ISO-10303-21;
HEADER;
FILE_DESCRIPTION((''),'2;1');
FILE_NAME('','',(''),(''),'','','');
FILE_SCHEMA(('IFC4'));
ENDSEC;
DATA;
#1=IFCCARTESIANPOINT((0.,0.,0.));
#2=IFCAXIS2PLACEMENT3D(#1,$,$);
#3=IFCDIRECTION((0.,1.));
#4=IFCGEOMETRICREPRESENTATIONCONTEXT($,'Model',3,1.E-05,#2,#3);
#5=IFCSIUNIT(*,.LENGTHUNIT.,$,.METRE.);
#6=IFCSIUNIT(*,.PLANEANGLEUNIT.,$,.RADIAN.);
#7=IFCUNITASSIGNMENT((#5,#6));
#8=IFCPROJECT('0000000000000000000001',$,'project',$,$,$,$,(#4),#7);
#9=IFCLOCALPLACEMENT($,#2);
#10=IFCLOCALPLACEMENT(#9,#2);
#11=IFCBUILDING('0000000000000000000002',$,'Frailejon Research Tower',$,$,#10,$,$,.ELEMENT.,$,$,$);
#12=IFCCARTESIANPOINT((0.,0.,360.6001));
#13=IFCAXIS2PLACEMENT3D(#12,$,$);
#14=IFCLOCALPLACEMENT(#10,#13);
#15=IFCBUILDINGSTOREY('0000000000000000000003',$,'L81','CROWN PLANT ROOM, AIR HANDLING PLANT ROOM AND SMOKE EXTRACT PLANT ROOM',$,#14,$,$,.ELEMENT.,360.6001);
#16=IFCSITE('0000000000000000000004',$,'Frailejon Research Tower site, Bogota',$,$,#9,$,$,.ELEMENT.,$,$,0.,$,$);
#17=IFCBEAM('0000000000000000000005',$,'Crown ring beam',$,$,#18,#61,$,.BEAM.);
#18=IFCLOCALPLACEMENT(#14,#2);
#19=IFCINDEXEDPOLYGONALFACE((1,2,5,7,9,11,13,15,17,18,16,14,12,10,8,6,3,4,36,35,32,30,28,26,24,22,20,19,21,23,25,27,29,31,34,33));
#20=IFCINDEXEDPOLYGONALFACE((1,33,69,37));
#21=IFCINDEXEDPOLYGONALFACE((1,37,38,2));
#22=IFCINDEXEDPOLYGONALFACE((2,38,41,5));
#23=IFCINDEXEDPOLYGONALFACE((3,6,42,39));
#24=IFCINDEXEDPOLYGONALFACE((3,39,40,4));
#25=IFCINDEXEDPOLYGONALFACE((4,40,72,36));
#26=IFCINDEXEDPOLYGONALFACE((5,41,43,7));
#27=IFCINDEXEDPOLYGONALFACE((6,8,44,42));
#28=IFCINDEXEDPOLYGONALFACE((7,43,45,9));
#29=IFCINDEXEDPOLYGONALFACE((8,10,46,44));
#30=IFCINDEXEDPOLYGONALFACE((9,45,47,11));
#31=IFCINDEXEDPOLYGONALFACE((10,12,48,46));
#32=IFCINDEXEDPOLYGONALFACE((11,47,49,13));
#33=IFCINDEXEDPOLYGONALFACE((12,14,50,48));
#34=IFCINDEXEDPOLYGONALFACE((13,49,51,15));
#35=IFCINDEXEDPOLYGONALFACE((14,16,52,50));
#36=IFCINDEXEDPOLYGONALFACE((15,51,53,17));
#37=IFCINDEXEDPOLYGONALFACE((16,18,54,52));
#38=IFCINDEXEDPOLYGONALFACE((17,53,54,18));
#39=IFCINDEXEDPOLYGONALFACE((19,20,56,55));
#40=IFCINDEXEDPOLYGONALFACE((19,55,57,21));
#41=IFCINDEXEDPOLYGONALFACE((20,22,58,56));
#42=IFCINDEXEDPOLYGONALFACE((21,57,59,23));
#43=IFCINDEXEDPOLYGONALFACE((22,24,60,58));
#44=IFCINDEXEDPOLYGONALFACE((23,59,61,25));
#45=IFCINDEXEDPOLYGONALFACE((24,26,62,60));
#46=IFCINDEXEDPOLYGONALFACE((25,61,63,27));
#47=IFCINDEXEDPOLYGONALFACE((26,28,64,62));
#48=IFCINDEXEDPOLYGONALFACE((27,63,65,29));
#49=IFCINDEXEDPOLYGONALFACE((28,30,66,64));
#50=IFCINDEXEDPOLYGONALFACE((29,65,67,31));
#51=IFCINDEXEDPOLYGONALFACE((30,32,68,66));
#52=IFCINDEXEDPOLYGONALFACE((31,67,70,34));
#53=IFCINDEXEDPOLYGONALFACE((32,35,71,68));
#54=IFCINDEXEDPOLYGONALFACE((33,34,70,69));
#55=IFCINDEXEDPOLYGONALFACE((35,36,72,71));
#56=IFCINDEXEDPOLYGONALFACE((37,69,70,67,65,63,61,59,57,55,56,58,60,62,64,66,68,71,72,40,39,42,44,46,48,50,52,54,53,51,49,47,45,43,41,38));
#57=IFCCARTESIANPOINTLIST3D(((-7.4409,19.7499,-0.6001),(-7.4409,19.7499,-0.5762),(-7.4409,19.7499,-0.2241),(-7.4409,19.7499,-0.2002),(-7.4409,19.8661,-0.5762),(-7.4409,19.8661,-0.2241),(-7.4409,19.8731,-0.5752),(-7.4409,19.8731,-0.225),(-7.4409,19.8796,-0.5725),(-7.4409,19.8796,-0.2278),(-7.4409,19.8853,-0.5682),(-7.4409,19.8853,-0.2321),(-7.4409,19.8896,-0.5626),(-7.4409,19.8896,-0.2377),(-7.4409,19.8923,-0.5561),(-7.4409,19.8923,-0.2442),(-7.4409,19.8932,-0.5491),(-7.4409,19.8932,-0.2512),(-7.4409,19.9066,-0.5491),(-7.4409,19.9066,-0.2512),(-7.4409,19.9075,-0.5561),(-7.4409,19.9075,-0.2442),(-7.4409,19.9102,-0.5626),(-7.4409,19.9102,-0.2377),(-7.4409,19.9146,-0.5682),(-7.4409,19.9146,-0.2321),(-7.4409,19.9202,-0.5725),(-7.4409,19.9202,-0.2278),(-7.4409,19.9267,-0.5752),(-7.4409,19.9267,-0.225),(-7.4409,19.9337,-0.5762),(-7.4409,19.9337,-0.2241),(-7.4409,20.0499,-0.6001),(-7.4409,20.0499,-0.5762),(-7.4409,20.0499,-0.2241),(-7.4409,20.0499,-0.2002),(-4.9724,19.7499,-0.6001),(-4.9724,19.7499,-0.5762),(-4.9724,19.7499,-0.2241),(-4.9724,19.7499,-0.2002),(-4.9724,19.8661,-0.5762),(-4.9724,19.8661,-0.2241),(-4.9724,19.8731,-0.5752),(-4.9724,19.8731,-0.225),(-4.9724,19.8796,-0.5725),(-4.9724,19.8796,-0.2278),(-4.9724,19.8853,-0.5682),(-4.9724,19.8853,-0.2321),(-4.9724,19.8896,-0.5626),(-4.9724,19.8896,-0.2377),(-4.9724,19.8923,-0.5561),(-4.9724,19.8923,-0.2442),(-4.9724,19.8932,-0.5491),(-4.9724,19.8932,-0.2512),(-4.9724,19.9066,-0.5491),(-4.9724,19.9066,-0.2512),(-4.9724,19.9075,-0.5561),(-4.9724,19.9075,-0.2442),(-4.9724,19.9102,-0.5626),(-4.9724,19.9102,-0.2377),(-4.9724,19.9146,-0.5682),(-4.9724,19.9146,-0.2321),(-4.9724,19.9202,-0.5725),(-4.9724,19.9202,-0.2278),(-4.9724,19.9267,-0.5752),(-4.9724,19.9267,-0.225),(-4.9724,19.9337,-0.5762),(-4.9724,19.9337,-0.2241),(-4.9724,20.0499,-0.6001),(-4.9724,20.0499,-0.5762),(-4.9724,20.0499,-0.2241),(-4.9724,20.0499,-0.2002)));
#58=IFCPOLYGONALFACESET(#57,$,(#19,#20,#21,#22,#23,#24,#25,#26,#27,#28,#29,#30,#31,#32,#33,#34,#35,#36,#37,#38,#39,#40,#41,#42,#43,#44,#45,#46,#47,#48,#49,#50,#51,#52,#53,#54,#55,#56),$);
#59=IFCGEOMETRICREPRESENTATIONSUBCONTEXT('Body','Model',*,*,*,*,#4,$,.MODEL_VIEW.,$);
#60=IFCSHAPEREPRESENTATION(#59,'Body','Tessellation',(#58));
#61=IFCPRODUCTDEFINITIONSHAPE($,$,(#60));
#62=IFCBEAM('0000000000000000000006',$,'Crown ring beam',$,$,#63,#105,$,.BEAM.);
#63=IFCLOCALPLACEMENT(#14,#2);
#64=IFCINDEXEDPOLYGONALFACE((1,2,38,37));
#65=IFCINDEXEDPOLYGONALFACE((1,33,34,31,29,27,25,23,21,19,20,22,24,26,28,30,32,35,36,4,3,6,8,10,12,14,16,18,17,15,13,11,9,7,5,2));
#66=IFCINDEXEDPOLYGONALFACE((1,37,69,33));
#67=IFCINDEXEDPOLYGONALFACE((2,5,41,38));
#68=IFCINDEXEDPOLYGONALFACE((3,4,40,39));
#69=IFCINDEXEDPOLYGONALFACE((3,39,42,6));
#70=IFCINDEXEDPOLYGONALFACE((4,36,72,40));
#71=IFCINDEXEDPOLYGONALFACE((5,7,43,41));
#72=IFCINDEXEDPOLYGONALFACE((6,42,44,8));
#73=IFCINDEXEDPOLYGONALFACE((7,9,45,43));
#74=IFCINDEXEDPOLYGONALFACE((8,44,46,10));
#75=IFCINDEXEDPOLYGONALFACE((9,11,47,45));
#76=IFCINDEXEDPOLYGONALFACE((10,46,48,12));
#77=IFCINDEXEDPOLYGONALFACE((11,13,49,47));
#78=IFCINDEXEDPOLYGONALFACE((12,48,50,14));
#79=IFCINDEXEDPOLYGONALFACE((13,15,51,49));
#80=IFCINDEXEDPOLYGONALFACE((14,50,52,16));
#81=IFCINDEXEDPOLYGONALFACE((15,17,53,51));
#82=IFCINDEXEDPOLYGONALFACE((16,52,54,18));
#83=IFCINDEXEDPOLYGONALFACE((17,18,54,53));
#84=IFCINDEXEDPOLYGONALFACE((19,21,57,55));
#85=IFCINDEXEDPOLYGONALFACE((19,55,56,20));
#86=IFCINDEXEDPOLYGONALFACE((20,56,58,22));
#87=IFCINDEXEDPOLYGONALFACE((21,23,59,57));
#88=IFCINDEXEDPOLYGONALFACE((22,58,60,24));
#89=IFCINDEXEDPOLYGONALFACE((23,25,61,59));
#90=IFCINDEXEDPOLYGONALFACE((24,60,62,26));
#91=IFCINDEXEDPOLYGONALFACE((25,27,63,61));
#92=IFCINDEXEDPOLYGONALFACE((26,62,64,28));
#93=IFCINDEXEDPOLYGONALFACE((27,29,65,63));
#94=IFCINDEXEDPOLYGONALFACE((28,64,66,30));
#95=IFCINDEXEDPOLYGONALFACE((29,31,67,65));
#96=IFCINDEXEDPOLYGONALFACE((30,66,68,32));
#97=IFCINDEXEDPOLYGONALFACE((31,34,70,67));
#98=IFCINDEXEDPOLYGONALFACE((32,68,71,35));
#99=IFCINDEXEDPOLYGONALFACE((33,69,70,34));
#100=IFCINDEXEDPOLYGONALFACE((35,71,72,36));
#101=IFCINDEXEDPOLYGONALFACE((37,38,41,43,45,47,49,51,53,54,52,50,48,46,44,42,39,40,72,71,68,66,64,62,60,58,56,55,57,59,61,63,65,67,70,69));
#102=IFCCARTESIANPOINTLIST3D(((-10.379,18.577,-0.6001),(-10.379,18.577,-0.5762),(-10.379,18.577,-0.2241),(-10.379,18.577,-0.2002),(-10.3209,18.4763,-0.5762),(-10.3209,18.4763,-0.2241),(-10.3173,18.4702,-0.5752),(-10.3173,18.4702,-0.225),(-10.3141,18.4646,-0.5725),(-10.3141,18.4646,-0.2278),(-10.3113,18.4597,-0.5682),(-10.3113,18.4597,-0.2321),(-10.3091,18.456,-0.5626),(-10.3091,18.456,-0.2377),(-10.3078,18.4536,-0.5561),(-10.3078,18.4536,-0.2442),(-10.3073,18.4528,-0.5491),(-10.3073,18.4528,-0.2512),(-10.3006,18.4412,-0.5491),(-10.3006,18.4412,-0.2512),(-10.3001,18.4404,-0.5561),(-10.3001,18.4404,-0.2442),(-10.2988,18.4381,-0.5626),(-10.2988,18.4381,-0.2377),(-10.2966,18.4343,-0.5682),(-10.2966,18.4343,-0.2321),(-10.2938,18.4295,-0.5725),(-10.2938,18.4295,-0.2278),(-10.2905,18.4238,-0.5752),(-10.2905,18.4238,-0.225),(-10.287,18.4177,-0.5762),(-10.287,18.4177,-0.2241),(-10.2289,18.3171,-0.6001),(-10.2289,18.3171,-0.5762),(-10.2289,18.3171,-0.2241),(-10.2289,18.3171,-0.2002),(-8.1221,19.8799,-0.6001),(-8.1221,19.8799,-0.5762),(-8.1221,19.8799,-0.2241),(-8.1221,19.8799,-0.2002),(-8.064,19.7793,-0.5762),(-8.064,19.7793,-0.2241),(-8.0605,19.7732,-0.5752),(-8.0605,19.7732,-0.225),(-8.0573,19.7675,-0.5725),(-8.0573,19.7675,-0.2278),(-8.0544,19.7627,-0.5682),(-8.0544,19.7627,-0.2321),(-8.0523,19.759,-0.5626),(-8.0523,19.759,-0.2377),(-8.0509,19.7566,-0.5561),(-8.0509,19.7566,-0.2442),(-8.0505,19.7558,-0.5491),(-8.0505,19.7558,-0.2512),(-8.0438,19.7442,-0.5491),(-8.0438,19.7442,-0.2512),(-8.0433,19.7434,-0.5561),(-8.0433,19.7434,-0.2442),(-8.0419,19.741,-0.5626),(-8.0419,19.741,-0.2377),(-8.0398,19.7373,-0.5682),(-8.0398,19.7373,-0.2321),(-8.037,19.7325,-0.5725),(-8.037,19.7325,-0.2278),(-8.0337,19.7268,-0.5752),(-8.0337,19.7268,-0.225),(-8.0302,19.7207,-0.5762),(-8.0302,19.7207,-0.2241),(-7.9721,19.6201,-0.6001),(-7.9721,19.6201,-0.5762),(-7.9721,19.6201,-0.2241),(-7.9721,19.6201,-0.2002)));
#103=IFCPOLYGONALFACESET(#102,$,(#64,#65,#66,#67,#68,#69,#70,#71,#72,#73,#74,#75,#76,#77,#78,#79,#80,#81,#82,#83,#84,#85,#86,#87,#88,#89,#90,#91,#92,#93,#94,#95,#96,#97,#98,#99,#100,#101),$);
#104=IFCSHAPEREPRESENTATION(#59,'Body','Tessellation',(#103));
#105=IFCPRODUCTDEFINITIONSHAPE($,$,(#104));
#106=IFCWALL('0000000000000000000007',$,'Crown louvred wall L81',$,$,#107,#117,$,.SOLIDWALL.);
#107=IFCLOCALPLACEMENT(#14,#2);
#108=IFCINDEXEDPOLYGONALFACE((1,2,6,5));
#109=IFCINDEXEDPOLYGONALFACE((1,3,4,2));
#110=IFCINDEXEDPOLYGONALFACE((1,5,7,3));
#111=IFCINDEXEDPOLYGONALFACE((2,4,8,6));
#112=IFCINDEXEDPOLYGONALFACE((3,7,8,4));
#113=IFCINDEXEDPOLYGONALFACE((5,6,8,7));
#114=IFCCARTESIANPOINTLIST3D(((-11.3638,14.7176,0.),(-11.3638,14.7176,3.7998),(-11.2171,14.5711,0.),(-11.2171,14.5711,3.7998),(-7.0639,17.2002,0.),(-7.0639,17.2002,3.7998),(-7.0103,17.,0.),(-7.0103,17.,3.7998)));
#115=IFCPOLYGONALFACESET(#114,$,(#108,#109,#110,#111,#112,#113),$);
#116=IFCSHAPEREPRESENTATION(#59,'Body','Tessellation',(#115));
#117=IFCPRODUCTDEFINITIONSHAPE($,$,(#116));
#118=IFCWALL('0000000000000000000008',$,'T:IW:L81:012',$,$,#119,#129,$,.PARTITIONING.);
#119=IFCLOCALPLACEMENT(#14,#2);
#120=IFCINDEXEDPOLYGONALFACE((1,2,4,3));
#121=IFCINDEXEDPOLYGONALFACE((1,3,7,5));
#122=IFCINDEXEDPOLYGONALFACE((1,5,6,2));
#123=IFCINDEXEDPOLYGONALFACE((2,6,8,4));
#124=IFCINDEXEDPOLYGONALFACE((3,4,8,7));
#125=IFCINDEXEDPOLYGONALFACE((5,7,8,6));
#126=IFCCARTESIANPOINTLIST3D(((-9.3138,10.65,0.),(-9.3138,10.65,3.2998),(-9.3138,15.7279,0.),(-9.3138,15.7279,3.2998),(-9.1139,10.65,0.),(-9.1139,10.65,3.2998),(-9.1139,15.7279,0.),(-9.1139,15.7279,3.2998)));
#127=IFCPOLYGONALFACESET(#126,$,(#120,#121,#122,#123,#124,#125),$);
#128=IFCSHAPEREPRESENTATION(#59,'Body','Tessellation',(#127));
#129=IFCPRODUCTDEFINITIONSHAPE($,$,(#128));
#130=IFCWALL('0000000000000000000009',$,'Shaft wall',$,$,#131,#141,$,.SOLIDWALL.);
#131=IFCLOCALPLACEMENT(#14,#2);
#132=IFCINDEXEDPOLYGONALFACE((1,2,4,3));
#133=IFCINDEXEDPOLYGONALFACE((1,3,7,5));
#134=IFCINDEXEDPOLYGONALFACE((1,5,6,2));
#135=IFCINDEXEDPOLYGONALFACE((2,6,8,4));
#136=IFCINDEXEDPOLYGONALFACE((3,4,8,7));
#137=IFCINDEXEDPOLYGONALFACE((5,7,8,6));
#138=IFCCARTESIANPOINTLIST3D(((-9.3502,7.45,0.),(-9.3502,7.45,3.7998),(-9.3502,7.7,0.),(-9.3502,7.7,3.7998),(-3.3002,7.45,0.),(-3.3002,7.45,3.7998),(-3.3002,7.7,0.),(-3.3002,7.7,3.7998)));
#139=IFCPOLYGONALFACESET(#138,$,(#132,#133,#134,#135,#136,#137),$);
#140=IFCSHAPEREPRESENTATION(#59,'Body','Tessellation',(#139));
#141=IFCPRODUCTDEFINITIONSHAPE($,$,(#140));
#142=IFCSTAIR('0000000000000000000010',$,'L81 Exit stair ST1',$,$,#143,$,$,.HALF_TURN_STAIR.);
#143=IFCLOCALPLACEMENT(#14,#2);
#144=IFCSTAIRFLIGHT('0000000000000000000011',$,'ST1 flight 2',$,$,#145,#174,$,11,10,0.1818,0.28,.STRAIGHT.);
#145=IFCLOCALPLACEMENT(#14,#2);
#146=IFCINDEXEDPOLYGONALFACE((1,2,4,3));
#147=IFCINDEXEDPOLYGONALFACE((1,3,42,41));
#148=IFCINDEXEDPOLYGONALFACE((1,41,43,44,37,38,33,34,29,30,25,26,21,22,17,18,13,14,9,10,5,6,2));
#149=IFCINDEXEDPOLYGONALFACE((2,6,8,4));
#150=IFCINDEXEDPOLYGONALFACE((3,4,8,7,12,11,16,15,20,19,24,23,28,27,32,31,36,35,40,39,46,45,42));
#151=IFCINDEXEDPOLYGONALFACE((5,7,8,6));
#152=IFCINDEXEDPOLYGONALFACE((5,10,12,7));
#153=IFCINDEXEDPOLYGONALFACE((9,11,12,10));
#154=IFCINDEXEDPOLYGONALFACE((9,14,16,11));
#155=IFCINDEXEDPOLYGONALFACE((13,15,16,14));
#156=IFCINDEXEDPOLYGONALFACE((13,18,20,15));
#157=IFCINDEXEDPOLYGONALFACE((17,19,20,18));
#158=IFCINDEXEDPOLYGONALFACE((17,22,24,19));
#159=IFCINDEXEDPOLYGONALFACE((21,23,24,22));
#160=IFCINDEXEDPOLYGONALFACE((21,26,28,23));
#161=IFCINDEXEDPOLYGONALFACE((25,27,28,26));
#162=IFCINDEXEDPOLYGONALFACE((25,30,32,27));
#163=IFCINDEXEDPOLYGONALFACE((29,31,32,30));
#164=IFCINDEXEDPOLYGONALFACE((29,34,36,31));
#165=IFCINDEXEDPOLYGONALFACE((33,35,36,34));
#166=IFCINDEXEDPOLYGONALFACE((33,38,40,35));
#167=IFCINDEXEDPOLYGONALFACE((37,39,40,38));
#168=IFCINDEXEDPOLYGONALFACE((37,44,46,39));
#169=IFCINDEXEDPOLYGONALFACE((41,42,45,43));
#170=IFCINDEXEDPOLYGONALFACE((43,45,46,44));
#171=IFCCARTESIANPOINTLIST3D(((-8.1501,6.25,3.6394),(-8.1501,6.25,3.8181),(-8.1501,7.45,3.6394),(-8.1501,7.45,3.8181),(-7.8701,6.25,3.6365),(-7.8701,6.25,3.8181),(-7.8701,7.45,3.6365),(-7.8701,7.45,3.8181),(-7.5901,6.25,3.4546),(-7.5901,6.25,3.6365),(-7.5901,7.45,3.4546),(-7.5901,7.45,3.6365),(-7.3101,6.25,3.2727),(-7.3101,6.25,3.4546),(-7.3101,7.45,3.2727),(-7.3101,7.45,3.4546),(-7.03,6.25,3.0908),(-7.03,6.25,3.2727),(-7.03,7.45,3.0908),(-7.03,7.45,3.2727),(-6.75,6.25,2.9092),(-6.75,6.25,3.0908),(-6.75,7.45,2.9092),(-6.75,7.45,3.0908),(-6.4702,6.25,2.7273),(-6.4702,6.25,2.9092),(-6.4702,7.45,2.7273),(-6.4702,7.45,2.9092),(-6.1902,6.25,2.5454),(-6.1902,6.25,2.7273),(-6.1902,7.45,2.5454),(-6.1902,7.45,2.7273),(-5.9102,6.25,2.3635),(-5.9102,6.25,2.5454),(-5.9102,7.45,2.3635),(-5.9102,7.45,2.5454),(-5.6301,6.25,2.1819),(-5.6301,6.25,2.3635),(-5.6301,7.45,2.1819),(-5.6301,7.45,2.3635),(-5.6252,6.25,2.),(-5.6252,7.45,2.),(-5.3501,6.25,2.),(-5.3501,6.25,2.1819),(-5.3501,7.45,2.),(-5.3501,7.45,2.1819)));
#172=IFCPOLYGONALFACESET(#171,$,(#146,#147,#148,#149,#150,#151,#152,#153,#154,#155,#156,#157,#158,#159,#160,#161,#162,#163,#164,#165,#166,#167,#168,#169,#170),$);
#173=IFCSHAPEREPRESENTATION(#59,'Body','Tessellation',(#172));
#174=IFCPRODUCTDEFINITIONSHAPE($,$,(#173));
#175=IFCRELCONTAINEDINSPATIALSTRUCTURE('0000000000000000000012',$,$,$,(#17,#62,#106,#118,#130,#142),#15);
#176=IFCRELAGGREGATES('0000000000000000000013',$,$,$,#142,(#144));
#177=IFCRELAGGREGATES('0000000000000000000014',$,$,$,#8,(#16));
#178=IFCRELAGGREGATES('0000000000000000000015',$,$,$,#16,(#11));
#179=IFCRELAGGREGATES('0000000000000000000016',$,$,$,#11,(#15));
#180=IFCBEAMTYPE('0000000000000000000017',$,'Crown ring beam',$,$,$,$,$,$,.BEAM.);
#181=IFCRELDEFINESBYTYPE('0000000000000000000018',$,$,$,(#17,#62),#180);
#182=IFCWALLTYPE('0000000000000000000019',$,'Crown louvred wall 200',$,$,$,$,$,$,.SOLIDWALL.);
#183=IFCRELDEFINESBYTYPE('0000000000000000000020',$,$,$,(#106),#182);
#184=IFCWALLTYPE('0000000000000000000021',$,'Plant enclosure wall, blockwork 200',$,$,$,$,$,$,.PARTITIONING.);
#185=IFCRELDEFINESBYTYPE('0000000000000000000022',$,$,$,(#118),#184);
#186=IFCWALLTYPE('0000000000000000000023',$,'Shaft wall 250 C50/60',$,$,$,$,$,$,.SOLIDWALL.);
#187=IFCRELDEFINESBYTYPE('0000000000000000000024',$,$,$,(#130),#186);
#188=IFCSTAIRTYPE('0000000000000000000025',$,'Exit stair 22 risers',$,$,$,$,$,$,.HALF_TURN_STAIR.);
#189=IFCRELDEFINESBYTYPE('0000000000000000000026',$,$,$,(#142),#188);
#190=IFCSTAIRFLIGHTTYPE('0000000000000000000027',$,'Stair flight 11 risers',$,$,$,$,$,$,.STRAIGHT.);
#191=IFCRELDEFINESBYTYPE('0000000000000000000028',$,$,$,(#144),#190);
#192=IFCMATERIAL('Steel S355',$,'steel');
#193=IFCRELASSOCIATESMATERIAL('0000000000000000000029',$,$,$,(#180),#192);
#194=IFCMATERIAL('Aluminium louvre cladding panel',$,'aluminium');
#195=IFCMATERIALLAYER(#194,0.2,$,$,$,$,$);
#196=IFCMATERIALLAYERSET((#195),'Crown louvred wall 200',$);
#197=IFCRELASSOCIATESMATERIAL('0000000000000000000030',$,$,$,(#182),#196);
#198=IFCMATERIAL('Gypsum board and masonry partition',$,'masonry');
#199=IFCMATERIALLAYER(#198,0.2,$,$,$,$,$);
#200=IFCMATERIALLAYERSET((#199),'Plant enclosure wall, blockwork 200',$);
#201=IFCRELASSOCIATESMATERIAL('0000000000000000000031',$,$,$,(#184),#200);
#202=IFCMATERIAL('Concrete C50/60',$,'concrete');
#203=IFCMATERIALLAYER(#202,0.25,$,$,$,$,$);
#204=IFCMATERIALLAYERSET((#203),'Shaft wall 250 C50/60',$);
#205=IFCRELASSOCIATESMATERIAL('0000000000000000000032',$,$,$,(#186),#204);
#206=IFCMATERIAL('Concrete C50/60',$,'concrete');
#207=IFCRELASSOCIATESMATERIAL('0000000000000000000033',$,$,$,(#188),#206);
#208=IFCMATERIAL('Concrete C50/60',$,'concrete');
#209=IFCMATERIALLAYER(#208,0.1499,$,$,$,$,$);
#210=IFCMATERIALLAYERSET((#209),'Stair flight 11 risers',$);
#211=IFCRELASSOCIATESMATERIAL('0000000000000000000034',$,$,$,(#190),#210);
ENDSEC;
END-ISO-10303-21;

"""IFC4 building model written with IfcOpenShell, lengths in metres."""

from ifc_helpers import new_model, si_unit, direction, frame, frame_2d, origin, origin_2d, place, context, subcontext, project, spatial, polyline, rectangle, i_section, outline, extrude, material, layer, layer_set, material_profile, profile_set, type_object, element, aggregate, save


model = new_model("IFC4")

# Units and contexts
model_context = context("Model", 3, precision=1e-05, world=origin(), true_north=direction((0.0, 1.0)))
body_context = subcontext(model_context, "Body", "Model", "MODEL_VIEW")
ifc_project = project(units=[si_unit("LENGTHUNIT", "METRE"), si_unit("PLANEANGLEUNIT", "RADIAN")], contexts=[model_context])

# Site, building, storey
site_placement = place(None, origin())
site = spatial("IfcSite", under=ifc_project, at=site_placement, Name="Frailejon Research Tower site, Bogota", CompositionType="ELEMENT", RefElevation=0.0)
building_placement = place(site_placement, origin())
building = spatial("IfcBuilding", under=site, at=building_placement, Name="Frailejon Research Tower", CompositionType="ELEMENT")
storey_placement = place(building_placement, frame((0.0, 0.0, 360.6001)))
storey = spatial("IfcBuildingStorey", under=building, at=storey_placement, Name="L81", Description="CROWN PLANT ROOM, AIR HANDLING PLANT ROOM AND SMOKE EXTRACT PLANT ROOM", CompositionType="ELEMENT", Elevation=360.6001)

# Beams
ifc_material_1 = material(Name="Steel S355", Category="steel")
ifc_material_profile_1 = material_profile(ifc_material_1, i_section(OverallWidth=0.3, OverallDepth=0.3999, WebThickness=0.0134, FlangeThickness=0.0239, FilletRadius=0.0271, at=origin_2d()), Name="HE 400 B")
ifc_profile_set_1 = profile_set([ifc_material_profile_1], Name="Steel S355")
beam_type_1 = type_object("IfcBeamType", Name="Crown ring beam", PredefinedType="BEAM", material=ifc_profile_set_1)
beam_1_placement = place(storey_placement, frame((-4.9724, 19.8999, -0.4001), z_axis=(-1.0, 0.0, 0.0), x_axis=(0.0, -1.0, 0.0)))
element("IfcBeam", 1, at=beam_1_placement, inside=storey, type_object=beam_type_1, Name="Crown ring beam", PredefinedType="BEAM", context=body_context, shape_type="SweptSolid", body=[
    extrude(i_section(OverallWidth=0.3, OverallDepth=0.3999, WebThickness=0.0134, FlangeThickness=0.0239, FilletRadius=0.0271, at=origin_2d()), origin(), (0.0, 0.0, 1.0), 2.4685),
])
beam_2_placement = place(storey_placement, frame((-8.0471, 19.75, -0.4001), z_axis=(-0.866026, -0.499998, 0.0), x_axis=(0.499998, -0.866026, 0.0)))
element("IfcBeam", 2, at=beam_2_placement, inside=storey, type_object=beam_type_1, Name="Crown ring beam", PredefinedType="BEAM", context=body_context, shape_type="SweptSolid", body=[
    extrude(i_section(OverallWidth=0.3, OverallDepth=0.3999, WebThickness=0.0134, FlangeThickness=0.0239, FilletRadius=0.0271, at=origin_2d()), origin(), (0.0, 0.0, 1.0), 2.606),
])

# Walls
ifc_material_2 = material(Name="Aluminium louvre cladding panel", Category="aluminium")
ifc_layer_1 = layer(ifc_material_2, 0.2)
ifc_layer_set_1 = layer_set([ifc_layer_1], Name="Crown louvred wall 200")
wall_type_1 = type_object("IfcWallType", Name="Crown louvred wall 200", PredefinedType="SOLIDWALL", material=ifc_layer_set_1)
wall_1_placement = place(storey_placement, frame((-7.0371, 17.1001, 0.0), z_axis=(0.0, 0.0, 1.0), x_axis=(-0.866017, -0.500015, 0.0)))
element("IfcWall", 3, at=wall_1_placement, inside=storey, type_object=wall_type_1, Name="Crown louvred wall L81", PredefinedType="SOLIDWALL", context=body_context, shape_type="SweptSolid", body=[
    extrude(outline(polyline([(-0.0269, -0.1001), (4.9382, -0.1001), (4.8845, 0.1001), (0.0269, 0.1001), (-0.0269, -0.1001)])), origin(), (0.0, 0.0, 1.0), 3.7998),
])
ifc_material_3 = material(Name="Gypsum board and masonry partition", Category="masonry")
ifc_layer_2 = layer(ifc_material_3, 0.2)
ifc_layer_set_2 = layer_set([ifc_layer_2], Name="Plant enclosure wall, blockwork 200")
wall_type_2 = type_object("IfcWallType", Name="Plant enclosure wall, blockwork 200", PredefinedType="PARTITIONING", material=ifc_layer_set_2)
wall_2_placement = place(storey_placement, frame((-9.2139, 10.6499, 0.0), z_axis=(0.0, 0.0, 1.0), x_axis=(0.0, 1.0, 0.0)))
element("IfcWall", 4, at=wall_2_placement, inside=storey, type_object=wall_type_2, Name="T:IW:L81:012", PredefinedType="PARTITIONING", context=body_context, shape_type="SweptSolid", body=[
    extrude(rectangle(XDim=5.0779, YDim=0.2, at=frame_2d((2.5391, 0.0))), origin(), (0.0, 0.0, 1.0), 3.2998),
])
ifc_material_4 = material(Name="Concrete C50/60", Category="concrete")
ifc_layer_3 = layer(ifc_material_4, 0.25)
ifc_layer_set_3 = layer_set([ifc_layer_3], Name="Shaft wall 250 C50/60")
wall_type_3 = type_object("IfcWallType", Name="Shaft wall 250 C50/60", PredefinedType="SOLIDWALL", material=ifc_layer_set_3)
wall_3_placement = place(storey_placement, frame((-9.3501, 7.575, 0.0), z_axis=(0.0, 0.0, 1.0), x_axis=(1.0, 0.0, 0.0)))
element("IfcWall", 5, at=wall_3_placement, inside=storey, type_object=wall_type_3, Name="Shaft wall", PredefinedType="SOLIDWALL", context=body_context, shape_type="SweptSolid", body=[
    extrude(rectangle(XDim=6.05, YDim=0.25, at=frame_2d((3.0249, 0.0))), origin(), (0.0, 0.0, 1.0), 3.7998),
])

# Stair, stair flight
ifc_material_5 = material(Name="Concrete C50/60", Category="concrete")
stair_type = type_object("IfcStairType", Name="Exit stair 22 risers", PredefinedType="HALF_TURN_STAIR", material=ifc_material_5)
stair_placement = place(storey_placement, origin())
stair = element("IfcStair", 6, at=stair_placement, inside=storey, type_object=stair_type, Name="L81 Exit stair ST1", PredefinedType="HALF_TURN_STAIR")
ifc_material_6 = material(Name="Concrete C50/60", Category="concrete")
ifc_layer_4 = layer(ifc_material_6, 0.1499)
ifc_layer_set_4 = layer_set([ifc_layer_4], Name="Stair flight 11 risers")
stair_flight_type = type_object("IfcStairFlightType", Name="Stair flight 11 risers", PredefinedType="STRAIGHT", material=ifc_layer_set_4)
stair_flight_placement = place(storey_placement, frame((-5.3501, 6.8501, 2.0), z_axis=(0.0, 0.0, 1.0), x_axis=(-1.0, 0.0, 0.0)))
stair_flight = element("IfcStairFlight", 7, at=stair_flight_placement, type_object=stair_flight_type, Name="ST1 flight 2", NumberOfRisers=11, NumberOfTreads=10, PredefinedType="STRAIGHT", RiserHeight=0.1818, TreadLength=0.28, context=body_context, shape_type="SweptSolid", body=[
    extrude(outline(polyline([(0.0, 0.0), (0.0, 0.1819), (0.28, 0.1819), (0.28, 0.3635), (0.5601, 0.3635), (0.5601, 0.5454), (0.8401, 0.5454), (0.8401, 0.7273), (1.1201, 0.7273), (1.1201, 0.9092), (1.3999, 0.9092), (1.3999, 1.0908), (1.6799, 1.0908), (1.6799, 1.2727), (1.96, 1.2727), (1.96, 1.4546), (2.24, 1.4546), (2.24, 1.6365), (2.52, 1.6365), (2.52, 1.8181), (2.8, 1.8181), (2.8, 2.0), (2.8, 1.6394), (0.2751, 0.0), (0.0, 0.0)])), frame((0.0, 0.6001, 0.0), z_axis=(0.0, -1.0, 0.0), x_axis=(1.0, 0.0, 0.0)), (0.0, 0.0, 1.0), 1.2),
])
aggregate(stair, [stair_flight])

save(model, "model.ifc")
